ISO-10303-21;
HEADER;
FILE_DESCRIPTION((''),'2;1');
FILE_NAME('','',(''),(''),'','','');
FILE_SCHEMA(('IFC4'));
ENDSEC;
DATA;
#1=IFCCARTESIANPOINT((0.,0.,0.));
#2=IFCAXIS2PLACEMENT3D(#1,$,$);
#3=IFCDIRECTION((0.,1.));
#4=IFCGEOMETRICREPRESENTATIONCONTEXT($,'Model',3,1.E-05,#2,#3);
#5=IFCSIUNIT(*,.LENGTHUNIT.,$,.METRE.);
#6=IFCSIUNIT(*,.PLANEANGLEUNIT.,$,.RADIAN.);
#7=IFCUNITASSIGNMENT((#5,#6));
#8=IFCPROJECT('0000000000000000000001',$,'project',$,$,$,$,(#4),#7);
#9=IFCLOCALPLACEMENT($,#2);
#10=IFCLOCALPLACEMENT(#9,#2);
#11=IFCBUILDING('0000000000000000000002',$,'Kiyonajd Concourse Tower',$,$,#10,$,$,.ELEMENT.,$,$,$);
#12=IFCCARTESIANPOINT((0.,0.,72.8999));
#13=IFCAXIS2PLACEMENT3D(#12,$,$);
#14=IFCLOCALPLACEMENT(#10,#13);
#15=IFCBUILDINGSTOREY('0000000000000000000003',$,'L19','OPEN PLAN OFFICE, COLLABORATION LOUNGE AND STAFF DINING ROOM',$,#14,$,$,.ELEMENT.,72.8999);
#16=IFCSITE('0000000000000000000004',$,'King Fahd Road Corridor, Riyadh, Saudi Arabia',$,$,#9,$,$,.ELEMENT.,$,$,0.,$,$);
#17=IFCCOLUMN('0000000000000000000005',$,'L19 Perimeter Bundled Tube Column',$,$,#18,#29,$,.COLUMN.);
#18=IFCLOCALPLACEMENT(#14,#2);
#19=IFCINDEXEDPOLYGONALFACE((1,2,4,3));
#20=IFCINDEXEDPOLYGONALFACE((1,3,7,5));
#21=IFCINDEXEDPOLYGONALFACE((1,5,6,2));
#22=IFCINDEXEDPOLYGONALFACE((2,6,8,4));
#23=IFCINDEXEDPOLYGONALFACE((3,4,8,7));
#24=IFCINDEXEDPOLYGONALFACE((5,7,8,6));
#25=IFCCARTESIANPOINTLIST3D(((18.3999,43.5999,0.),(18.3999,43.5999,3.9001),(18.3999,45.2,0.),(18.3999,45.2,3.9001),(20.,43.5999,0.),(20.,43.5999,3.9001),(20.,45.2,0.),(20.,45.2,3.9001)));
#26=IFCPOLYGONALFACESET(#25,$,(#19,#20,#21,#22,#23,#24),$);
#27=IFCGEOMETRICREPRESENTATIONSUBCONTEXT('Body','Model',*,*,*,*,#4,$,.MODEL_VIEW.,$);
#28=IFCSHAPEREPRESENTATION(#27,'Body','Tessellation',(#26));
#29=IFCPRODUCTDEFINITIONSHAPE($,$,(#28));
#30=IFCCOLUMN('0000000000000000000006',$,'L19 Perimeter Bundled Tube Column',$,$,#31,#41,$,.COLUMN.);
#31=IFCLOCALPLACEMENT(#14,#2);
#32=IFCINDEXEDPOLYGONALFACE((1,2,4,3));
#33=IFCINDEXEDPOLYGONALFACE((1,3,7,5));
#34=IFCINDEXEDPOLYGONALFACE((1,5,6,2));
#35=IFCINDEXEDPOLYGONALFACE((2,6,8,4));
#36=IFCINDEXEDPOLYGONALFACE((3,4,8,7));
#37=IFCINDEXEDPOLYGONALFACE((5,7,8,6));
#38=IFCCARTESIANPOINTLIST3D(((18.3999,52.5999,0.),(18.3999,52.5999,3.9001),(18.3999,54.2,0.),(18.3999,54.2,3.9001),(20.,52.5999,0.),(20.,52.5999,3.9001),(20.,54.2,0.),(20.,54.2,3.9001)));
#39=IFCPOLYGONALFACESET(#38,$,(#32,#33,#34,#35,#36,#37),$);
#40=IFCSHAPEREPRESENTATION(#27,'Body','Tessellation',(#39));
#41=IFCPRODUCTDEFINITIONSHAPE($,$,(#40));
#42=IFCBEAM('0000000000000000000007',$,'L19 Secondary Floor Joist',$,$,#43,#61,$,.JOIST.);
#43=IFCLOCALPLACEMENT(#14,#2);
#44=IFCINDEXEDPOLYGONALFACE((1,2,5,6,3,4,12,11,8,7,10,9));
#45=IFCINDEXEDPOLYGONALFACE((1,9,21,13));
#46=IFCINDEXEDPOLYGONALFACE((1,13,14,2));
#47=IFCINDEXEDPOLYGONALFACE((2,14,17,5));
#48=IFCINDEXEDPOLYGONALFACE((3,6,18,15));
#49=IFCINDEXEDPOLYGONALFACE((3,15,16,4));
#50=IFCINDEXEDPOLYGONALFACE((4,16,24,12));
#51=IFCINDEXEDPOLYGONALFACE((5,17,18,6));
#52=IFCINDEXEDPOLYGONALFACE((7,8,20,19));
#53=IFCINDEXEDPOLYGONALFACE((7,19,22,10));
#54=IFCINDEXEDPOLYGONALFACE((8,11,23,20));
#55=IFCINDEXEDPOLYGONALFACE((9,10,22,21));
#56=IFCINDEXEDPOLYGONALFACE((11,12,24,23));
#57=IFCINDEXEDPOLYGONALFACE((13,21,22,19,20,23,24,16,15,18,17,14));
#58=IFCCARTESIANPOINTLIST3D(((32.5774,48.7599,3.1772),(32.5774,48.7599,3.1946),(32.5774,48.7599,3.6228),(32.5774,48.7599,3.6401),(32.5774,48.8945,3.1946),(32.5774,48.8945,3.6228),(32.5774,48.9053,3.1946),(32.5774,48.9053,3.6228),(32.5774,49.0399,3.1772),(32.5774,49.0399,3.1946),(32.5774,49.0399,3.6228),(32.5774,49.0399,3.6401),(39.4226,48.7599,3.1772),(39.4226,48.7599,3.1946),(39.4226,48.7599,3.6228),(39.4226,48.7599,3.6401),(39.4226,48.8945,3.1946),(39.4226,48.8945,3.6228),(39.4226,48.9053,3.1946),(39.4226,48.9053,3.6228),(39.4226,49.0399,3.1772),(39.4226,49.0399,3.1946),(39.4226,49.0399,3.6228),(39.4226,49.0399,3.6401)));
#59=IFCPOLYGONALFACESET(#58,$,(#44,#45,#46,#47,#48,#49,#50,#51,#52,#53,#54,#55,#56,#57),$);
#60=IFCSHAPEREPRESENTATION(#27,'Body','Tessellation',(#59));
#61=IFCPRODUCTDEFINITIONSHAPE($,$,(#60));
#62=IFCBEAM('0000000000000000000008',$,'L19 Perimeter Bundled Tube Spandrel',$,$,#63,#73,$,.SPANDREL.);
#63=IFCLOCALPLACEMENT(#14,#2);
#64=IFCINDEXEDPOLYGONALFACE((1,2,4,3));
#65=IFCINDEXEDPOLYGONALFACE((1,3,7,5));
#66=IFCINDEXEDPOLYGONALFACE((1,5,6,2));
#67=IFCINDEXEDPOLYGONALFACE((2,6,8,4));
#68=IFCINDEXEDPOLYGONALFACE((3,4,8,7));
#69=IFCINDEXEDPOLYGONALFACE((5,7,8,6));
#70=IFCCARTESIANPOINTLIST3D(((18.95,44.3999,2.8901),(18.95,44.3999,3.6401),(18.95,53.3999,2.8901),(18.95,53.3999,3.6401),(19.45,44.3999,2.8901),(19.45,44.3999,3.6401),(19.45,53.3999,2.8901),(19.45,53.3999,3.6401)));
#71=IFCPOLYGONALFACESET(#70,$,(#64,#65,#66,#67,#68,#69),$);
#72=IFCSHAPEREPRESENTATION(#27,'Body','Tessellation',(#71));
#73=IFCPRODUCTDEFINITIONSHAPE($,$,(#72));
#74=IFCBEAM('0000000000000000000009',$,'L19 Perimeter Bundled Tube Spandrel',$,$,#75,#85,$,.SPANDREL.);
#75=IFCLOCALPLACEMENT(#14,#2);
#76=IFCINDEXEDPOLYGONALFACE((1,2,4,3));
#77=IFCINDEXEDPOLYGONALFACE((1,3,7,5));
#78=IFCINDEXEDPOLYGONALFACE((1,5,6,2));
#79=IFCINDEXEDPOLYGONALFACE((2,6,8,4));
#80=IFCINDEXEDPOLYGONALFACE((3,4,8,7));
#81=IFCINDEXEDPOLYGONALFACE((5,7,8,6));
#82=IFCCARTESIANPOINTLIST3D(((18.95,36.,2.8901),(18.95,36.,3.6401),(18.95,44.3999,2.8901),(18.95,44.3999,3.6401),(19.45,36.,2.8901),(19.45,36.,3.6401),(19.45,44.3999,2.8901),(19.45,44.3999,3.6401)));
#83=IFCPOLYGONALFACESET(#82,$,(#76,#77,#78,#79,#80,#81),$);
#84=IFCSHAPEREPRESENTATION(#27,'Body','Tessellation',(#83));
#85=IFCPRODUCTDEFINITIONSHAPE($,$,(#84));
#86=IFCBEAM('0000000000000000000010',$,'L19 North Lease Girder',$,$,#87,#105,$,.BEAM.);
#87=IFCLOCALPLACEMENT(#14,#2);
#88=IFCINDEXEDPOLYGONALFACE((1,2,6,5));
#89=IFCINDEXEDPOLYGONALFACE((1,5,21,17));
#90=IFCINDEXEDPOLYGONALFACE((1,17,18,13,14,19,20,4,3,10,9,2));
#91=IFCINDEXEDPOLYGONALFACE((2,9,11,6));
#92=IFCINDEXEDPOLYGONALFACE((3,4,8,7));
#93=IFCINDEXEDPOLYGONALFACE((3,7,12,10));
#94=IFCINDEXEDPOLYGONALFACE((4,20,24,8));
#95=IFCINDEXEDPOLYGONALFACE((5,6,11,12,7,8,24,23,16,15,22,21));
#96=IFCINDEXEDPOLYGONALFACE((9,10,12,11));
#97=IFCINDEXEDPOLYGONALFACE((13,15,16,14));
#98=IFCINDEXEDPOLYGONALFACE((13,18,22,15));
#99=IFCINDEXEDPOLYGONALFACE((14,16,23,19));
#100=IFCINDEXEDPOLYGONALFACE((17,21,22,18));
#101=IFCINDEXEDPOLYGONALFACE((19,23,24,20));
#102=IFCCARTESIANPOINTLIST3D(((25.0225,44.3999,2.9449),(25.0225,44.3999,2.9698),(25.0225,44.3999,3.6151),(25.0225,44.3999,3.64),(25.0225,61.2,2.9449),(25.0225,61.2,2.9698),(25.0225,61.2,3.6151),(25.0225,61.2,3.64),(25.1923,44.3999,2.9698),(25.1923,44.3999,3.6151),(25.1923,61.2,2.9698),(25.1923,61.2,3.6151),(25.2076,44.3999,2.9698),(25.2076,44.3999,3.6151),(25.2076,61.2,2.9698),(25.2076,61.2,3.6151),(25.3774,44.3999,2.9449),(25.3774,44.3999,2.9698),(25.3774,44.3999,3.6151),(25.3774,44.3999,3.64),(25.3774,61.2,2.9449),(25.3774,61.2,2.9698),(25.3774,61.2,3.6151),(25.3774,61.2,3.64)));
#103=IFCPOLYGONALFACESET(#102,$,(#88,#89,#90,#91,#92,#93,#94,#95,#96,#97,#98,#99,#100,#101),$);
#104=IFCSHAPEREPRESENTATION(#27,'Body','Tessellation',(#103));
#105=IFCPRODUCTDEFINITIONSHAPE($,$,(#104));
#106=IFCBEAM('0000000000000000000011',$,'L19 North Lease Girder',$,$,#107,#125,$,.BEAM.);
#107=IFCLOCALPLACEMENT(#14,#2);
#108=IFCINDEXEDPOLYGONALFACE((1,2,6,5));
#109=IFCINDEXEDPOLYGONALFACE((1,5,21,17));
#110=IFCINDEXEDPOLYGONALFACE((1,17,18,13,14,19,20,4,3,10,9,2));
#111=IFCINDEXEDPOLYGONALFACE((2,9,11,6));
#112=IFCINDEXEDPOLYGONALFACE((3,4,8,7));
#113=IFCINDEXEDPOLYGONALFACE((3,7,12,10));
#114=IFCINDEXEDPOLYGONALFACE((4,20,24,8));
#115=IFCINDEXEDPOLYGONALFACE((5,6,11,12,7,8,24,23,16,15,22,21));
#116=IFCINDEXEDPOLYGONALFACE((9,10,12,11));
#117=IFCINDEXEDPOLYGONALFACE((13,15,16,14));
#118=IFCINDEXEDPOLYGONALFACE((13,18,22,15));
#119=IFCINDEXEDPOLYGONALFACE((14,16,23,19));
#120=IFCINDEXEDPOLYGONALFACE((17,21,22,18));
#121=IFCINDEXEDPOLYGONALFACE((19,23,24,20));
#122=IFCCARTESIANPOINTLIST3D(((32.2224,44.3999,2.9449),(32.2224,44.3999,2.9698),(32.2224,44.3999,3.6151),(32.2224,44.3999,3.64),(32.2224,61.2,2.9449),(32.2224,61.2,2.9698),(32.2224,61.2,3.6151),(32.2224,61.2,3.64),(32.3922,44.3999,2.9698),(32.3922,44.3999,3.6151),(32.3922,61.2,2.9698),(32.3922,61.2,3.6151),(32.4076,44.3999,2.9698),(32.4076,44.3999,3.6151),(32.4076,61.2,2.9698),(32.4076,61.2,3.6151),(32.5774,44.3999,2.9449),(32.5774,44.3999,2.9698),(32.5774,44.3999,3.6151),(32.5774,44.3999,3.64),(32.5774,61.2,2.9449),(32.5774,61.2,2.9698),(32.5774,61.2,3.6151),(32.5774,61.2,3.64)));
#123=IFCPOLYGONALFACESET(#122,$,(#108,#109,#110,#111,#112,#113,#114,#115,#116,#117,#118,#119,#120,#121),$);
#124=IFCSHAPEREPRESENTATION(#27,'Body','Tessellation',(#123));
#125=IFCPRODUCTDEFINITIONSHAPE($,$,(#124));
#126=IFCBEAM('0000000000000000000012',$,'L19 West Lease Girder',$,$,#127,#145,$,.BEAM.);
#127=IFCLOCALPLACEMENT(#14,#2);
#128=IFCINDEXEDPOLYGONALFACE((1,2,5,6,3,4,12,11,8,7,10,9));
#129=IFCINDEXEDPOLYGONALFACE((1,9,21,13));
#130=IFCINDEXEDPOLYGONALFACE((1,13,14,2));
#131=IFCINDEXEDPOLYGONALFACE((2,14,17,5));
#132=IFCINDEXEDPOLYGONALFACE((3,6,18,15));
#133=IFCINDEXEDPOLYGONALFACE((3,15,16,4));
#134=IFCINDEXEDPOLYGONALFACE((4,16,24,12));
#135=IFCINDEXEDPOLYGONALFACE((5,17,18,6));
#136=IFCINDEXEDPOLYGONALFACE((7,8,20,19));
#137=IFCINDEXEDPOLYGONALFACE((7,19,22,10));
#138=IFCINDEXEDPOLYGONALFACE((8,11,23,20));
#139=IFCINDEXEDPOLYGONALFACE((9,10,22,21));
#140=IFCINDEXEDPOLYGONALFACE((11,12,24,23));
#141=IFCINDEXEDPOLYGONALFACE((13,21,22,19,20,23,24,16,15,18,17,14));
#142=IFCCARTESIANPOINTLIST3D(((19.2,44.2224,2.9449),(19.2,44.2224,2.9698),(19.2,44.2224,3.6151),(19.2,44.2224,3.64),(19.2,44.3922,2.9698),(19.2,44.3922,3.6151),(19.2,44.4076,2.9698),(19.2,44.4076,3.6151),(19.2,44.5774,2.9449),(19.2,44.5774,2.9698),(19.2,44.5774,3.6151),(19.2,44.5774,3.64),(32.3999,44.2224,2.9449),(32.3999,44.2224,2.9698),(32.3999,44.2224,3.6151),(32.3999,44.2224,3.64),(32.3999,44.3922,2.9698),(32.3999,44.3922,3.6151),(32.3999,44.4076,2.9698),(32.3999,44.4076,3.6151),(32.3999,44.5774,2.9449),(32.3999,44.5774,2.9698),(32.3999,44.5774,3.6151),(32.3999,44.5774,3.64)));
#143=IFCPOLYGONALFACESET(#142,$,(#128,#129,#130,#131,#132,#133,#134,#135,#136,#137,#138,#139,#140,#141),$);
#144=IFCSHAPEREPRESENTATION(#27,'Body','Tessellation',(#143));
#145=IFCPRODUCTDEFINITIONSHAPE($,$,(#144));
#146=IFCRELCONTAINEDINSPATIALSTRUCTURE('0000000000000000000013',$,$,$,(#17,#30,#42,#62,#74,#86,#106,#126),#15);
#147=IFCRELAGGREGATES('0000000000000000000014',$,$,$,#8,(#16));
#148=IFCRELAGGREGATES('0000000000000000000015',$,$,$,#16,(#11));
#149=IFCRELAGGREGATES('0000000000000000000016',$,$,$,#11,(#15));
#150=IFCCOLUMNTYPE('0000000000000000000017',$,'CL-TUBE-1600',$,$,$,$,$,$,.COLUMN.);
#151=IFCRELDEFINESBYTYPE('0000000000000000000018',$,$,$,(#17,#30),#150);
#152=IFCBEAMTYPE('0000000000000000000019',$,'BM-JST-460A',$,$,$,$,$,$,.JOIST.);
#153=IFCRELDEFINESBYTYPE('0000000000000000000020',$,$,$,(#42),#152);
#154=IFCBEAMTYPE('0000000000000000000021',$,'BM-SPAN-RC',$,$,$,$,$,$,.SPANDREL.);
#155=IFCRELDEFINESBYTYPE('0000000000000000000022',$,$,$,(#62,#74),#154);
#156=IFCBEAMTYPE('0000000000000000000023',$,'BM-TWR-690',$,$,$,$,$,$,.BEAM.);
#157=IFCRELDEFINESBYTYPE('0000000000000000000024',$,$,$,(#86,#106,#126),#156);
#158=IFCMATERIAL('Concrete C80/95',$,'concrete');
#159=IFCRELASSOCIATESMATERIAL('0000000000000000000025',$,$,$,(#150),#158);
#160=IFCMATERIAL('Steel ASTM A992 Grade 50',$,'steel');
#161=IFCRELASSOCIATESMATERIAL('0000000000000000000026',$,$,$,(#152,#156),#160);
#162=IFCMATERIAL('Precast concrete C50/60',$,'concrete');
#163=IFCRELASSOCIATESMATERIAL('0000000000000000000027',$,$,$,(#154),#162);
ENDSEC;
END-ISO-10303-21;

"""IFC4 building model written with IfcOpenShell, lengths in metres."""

from ifc_helpers import new_model, si_unit, direction, frame, origin, origin_2d, place, context, subcontext, project, spatial, rectangle, i_section, extrude, material, material_profile, profile_set, type_object, element, save


model = new_model("IFC4")

# Units and contexts
model_context = context("Model", 3, precision=1e-05, world=origin(), true_north=direction((0.0, 1.0)))
body_context = subcontext(model_context, "Body", "Model", "MODEL_VIEW")
ifc_project = project(units=[si_unit("LENGTHUNIT", "METRE"), si_unit("PLANEANGLEUNIT", "RADIAN")], contexts=[model_context])

# Site, building, storey
site_placement = place(None, origin())
site = spatial("IfcSite", under=ifc_project, at=site_placement, Name="King Fahd Road Corridor, Riyadh, Saudi Arabia", CompositionType="ELEMENT", RefElevation=0.0)
building_placement = place(site_placement, origin())
building = spatial("IfcBuilding", under=site, at=building_placement, Name="Kiyonajd Concourse Tower", CompositionType="ELEMENT")
storey_placement = place(building_placement, frame((0.0, 0.0, 72.8999)))
storey = spatial("IfcBuildingStorey", under=building, at=storey_placement, Name="L19", Description="OPEN PLAN OFFICE, COLLABORATION LOUNGE AND STAFF DINING ROOM", CompositionType="ELEMENT", Elevation=72.8999)

# Columns
ifc_material_1 = material(Name="Concrete C80/95", Category="concrete")
ifc_material_profile_1 = material_profile(ifc_material_1, rectangle(XDim=1.6001, YDim=1.6001, at=origin_2d()), Name="RC-1600x1600")
ifc_profile_set_1 = profile_set([ifc_material_profile_1], Name="Concrete C80/95")
column_type = type_object("IfcColumnType", Name="CL-TUBE-1600", PredefinedType="COLUMN", material=ifc_profile_set_1)
for number, where, z_axis, x_axis, name in (
    (1, (19.2, 44.3999, 0.0), (0.0, 0.0, 1.0), (1.0, 0.0, 0.0), "L19 Perimeter Bundled Tube Column"),
    (2, (19.2, 53.3999, 0.0), (0.0, 0.0, 1.0), (1.0, 0.0, 0.0), "L19 Perimeter Bundled Tube Column"),
):
    element("IfcColumn", number, at=place(storey_placement, frame(where, z_axis=z_axis, x_axis=x_axis)), inside=storey, type_object=column_type, Name=name, PredefinedType="COLUMN", context=body_context, shape_type="SweptSolid", body=[
        extrude(rectangle(XDim=1.6001, YDim=1.6001, at=origin_2d()), origin(), (0.0, 0.0, 1.0), 3.9001),
    ])

# Beams
ifc_material_2 = material(Name="Steel ASTM A992 Grade 50", Category="steel")
ifc_material_profile_2 = material_profile(ifc_material_2, i_section(OverallWidth=0.28, OverallDepth=0.4629, WebThickness=0.0107, FlangeThickness=0.0173, at=origin_2d()), Name="W460X113")
ifc_profile_set_2 = profile_set([ifc_material_profile_2], Name="Steel ASTM A992 Grade 50")
beam_type_1 = type_object("IfcBeamType", Name="BM-JST-460A", PredefinedType="JOIST", material=ifc_profile_set_2)
beam_1_placement = place(storey_placement, frame((32.5774, 48.8999, 3.4087), z_axis=(1.0, 0.0, 0.0), x_axis=(0.0, 1.0, 0.0)))
element("IfcBeam", 3, at=beam_1_placement, inside=storey, type_object=beam_type_1, Name="L19 Secondary Floor Joist", PredefinedType="JOIST", context=body_context, shape_type="SweptSolid", body=[
    extrude(i_section(OverallWidth=0.28, OverallDepth=0.4629, WebThickness=0.0107, FlangeThickness=0.0173, at=origin_2d()), origin(), (0.0, 0.0, 1.0), 6.8452),
])
ifc_material_3 = material(Name="Precast concrete C50/60", Category="concrete")
ifc_material_profile_3 = material_profile(ifc_material_3, rectangle(XDim=0.5, YDim=0.75, at=origin_2d()), Name="RCBM-500x750")
ifc_profile_set_3 = profile_set([ifc_material_profile_3], Name="Precast concrete C50/60")
beam_type_2 = type_object("IfcBeamType", Name="BM-SPAN-RC", PredefinedType="SPANDREL", material=ifc_profile_set_3)
beam_2_placement = place(storey_placement, frame((19.2, 53.3999, 3.2651), z_axis=(0.0, -1.0, 0.0), x_axis=(1.0, 0.0, 0.0)))
element("IfcBeam", 4, at=beam_2_placement, inside=storey, type_object=beam_type_2, Name="L19 Perimeter Bundled Tube Spandrel", PredefinedType="SPANDREL", context=body_context, shape_type="SweptSolid", body=[
    extrude(rectangle(XDim=0.5, YDim=0.75, at=origin_2d()), origin(), (0.0, 0.0, 1.0), 9.0),
])
beam_3_placement = place(storey_placement, frame((19.2, 44.3999, 3.2651), z_axis=(0.0, -1.0, 0.0), x_axis=(1.0, 0.0, 0.0)))
element("IfcBeam", 5, at=beam_3_placement, inside=storey, type_object=beam_type_2, Name="L19 Perimeter Bundled Tube Spandrel", PredefinedType="SPANDREL", context=body_context, shape_type="SweptSolid", body=[
    extrude(rectangle(XDim=0.5, YDim=0.75, at=origin_2d()), origin(), (0.0, 0.0, 1.0), 8.3999),
])
ifc_material_profile_4 = material_profile(ifc_material_2, i_section(OverallWidth=0.355, OverallDepth=0.6951, WebThickness=0.0154, FlangeThickness=0.0249, at=origin_2d()), Name="W690X217")
ifc_profile_set_4 = profile_set([ifc_material_profile_4], Name="Steel ASTM A992 Grade 50")
beam_type_3 = type_object("IfcBeamType", Name="BM-TWR-690", PredefinedType="BEAM", material=ifc_profile_set_4)
for number, where, z_axis, x_axis, name in (
    (6, (25.2, 44.3999, 3.2925), (0.0, 1.0, 0.0), (-1.0, 0.0, 0.0), "L19 North Lease Girder"),
    (7, (32.3999, 44.3999, 3.2925), (0.0, 1.0, 0.0), (-1.0, 0.0, 0.0), "L19 North Lease Girder"),
):
    element("IfcBeam", number, at=place(storey_placement, frame(where, z_axis=z_axis, x_axis=x_axis)), inside=storey, type_object=beam_type_3, Name=name, PredefinedType="BEAM", context=body_context, shape_type="SweptSolid", body=[
        extrude(i_section(OverallWidth=0.355, OverallDepth=0.6951, WebThickness=0.0154, FlangeThickness=0.0249, at=origin_2d()), origin(), (0.0, 0.0, 1.0), 16.8),
    ])
beam_4_placement = place(storey_placement, frame((19.2, 44.3999, 3.2925), z_axis=(1.0, 0.0, 0.0), x_axis=(0.0, 1.0, 0.0)))
element("IfcBeam", 8, at=beam_4_placement, inside=storey, type_object=beam_type_3, Name="L19 West Lease Girder", PredefinedType="BEAM", context=body_context, shape_type="SweptSolid", body=[
    extrude(i_section(OverallWidth=0.355, OverallDepth=0.6951, WebThickness=0.0154, FlangeThickness=0.0249, at=origin_2d()), origin(), (0.0, 0.0, 1.0), 13.2),
])

save(model, "model.ifc")
